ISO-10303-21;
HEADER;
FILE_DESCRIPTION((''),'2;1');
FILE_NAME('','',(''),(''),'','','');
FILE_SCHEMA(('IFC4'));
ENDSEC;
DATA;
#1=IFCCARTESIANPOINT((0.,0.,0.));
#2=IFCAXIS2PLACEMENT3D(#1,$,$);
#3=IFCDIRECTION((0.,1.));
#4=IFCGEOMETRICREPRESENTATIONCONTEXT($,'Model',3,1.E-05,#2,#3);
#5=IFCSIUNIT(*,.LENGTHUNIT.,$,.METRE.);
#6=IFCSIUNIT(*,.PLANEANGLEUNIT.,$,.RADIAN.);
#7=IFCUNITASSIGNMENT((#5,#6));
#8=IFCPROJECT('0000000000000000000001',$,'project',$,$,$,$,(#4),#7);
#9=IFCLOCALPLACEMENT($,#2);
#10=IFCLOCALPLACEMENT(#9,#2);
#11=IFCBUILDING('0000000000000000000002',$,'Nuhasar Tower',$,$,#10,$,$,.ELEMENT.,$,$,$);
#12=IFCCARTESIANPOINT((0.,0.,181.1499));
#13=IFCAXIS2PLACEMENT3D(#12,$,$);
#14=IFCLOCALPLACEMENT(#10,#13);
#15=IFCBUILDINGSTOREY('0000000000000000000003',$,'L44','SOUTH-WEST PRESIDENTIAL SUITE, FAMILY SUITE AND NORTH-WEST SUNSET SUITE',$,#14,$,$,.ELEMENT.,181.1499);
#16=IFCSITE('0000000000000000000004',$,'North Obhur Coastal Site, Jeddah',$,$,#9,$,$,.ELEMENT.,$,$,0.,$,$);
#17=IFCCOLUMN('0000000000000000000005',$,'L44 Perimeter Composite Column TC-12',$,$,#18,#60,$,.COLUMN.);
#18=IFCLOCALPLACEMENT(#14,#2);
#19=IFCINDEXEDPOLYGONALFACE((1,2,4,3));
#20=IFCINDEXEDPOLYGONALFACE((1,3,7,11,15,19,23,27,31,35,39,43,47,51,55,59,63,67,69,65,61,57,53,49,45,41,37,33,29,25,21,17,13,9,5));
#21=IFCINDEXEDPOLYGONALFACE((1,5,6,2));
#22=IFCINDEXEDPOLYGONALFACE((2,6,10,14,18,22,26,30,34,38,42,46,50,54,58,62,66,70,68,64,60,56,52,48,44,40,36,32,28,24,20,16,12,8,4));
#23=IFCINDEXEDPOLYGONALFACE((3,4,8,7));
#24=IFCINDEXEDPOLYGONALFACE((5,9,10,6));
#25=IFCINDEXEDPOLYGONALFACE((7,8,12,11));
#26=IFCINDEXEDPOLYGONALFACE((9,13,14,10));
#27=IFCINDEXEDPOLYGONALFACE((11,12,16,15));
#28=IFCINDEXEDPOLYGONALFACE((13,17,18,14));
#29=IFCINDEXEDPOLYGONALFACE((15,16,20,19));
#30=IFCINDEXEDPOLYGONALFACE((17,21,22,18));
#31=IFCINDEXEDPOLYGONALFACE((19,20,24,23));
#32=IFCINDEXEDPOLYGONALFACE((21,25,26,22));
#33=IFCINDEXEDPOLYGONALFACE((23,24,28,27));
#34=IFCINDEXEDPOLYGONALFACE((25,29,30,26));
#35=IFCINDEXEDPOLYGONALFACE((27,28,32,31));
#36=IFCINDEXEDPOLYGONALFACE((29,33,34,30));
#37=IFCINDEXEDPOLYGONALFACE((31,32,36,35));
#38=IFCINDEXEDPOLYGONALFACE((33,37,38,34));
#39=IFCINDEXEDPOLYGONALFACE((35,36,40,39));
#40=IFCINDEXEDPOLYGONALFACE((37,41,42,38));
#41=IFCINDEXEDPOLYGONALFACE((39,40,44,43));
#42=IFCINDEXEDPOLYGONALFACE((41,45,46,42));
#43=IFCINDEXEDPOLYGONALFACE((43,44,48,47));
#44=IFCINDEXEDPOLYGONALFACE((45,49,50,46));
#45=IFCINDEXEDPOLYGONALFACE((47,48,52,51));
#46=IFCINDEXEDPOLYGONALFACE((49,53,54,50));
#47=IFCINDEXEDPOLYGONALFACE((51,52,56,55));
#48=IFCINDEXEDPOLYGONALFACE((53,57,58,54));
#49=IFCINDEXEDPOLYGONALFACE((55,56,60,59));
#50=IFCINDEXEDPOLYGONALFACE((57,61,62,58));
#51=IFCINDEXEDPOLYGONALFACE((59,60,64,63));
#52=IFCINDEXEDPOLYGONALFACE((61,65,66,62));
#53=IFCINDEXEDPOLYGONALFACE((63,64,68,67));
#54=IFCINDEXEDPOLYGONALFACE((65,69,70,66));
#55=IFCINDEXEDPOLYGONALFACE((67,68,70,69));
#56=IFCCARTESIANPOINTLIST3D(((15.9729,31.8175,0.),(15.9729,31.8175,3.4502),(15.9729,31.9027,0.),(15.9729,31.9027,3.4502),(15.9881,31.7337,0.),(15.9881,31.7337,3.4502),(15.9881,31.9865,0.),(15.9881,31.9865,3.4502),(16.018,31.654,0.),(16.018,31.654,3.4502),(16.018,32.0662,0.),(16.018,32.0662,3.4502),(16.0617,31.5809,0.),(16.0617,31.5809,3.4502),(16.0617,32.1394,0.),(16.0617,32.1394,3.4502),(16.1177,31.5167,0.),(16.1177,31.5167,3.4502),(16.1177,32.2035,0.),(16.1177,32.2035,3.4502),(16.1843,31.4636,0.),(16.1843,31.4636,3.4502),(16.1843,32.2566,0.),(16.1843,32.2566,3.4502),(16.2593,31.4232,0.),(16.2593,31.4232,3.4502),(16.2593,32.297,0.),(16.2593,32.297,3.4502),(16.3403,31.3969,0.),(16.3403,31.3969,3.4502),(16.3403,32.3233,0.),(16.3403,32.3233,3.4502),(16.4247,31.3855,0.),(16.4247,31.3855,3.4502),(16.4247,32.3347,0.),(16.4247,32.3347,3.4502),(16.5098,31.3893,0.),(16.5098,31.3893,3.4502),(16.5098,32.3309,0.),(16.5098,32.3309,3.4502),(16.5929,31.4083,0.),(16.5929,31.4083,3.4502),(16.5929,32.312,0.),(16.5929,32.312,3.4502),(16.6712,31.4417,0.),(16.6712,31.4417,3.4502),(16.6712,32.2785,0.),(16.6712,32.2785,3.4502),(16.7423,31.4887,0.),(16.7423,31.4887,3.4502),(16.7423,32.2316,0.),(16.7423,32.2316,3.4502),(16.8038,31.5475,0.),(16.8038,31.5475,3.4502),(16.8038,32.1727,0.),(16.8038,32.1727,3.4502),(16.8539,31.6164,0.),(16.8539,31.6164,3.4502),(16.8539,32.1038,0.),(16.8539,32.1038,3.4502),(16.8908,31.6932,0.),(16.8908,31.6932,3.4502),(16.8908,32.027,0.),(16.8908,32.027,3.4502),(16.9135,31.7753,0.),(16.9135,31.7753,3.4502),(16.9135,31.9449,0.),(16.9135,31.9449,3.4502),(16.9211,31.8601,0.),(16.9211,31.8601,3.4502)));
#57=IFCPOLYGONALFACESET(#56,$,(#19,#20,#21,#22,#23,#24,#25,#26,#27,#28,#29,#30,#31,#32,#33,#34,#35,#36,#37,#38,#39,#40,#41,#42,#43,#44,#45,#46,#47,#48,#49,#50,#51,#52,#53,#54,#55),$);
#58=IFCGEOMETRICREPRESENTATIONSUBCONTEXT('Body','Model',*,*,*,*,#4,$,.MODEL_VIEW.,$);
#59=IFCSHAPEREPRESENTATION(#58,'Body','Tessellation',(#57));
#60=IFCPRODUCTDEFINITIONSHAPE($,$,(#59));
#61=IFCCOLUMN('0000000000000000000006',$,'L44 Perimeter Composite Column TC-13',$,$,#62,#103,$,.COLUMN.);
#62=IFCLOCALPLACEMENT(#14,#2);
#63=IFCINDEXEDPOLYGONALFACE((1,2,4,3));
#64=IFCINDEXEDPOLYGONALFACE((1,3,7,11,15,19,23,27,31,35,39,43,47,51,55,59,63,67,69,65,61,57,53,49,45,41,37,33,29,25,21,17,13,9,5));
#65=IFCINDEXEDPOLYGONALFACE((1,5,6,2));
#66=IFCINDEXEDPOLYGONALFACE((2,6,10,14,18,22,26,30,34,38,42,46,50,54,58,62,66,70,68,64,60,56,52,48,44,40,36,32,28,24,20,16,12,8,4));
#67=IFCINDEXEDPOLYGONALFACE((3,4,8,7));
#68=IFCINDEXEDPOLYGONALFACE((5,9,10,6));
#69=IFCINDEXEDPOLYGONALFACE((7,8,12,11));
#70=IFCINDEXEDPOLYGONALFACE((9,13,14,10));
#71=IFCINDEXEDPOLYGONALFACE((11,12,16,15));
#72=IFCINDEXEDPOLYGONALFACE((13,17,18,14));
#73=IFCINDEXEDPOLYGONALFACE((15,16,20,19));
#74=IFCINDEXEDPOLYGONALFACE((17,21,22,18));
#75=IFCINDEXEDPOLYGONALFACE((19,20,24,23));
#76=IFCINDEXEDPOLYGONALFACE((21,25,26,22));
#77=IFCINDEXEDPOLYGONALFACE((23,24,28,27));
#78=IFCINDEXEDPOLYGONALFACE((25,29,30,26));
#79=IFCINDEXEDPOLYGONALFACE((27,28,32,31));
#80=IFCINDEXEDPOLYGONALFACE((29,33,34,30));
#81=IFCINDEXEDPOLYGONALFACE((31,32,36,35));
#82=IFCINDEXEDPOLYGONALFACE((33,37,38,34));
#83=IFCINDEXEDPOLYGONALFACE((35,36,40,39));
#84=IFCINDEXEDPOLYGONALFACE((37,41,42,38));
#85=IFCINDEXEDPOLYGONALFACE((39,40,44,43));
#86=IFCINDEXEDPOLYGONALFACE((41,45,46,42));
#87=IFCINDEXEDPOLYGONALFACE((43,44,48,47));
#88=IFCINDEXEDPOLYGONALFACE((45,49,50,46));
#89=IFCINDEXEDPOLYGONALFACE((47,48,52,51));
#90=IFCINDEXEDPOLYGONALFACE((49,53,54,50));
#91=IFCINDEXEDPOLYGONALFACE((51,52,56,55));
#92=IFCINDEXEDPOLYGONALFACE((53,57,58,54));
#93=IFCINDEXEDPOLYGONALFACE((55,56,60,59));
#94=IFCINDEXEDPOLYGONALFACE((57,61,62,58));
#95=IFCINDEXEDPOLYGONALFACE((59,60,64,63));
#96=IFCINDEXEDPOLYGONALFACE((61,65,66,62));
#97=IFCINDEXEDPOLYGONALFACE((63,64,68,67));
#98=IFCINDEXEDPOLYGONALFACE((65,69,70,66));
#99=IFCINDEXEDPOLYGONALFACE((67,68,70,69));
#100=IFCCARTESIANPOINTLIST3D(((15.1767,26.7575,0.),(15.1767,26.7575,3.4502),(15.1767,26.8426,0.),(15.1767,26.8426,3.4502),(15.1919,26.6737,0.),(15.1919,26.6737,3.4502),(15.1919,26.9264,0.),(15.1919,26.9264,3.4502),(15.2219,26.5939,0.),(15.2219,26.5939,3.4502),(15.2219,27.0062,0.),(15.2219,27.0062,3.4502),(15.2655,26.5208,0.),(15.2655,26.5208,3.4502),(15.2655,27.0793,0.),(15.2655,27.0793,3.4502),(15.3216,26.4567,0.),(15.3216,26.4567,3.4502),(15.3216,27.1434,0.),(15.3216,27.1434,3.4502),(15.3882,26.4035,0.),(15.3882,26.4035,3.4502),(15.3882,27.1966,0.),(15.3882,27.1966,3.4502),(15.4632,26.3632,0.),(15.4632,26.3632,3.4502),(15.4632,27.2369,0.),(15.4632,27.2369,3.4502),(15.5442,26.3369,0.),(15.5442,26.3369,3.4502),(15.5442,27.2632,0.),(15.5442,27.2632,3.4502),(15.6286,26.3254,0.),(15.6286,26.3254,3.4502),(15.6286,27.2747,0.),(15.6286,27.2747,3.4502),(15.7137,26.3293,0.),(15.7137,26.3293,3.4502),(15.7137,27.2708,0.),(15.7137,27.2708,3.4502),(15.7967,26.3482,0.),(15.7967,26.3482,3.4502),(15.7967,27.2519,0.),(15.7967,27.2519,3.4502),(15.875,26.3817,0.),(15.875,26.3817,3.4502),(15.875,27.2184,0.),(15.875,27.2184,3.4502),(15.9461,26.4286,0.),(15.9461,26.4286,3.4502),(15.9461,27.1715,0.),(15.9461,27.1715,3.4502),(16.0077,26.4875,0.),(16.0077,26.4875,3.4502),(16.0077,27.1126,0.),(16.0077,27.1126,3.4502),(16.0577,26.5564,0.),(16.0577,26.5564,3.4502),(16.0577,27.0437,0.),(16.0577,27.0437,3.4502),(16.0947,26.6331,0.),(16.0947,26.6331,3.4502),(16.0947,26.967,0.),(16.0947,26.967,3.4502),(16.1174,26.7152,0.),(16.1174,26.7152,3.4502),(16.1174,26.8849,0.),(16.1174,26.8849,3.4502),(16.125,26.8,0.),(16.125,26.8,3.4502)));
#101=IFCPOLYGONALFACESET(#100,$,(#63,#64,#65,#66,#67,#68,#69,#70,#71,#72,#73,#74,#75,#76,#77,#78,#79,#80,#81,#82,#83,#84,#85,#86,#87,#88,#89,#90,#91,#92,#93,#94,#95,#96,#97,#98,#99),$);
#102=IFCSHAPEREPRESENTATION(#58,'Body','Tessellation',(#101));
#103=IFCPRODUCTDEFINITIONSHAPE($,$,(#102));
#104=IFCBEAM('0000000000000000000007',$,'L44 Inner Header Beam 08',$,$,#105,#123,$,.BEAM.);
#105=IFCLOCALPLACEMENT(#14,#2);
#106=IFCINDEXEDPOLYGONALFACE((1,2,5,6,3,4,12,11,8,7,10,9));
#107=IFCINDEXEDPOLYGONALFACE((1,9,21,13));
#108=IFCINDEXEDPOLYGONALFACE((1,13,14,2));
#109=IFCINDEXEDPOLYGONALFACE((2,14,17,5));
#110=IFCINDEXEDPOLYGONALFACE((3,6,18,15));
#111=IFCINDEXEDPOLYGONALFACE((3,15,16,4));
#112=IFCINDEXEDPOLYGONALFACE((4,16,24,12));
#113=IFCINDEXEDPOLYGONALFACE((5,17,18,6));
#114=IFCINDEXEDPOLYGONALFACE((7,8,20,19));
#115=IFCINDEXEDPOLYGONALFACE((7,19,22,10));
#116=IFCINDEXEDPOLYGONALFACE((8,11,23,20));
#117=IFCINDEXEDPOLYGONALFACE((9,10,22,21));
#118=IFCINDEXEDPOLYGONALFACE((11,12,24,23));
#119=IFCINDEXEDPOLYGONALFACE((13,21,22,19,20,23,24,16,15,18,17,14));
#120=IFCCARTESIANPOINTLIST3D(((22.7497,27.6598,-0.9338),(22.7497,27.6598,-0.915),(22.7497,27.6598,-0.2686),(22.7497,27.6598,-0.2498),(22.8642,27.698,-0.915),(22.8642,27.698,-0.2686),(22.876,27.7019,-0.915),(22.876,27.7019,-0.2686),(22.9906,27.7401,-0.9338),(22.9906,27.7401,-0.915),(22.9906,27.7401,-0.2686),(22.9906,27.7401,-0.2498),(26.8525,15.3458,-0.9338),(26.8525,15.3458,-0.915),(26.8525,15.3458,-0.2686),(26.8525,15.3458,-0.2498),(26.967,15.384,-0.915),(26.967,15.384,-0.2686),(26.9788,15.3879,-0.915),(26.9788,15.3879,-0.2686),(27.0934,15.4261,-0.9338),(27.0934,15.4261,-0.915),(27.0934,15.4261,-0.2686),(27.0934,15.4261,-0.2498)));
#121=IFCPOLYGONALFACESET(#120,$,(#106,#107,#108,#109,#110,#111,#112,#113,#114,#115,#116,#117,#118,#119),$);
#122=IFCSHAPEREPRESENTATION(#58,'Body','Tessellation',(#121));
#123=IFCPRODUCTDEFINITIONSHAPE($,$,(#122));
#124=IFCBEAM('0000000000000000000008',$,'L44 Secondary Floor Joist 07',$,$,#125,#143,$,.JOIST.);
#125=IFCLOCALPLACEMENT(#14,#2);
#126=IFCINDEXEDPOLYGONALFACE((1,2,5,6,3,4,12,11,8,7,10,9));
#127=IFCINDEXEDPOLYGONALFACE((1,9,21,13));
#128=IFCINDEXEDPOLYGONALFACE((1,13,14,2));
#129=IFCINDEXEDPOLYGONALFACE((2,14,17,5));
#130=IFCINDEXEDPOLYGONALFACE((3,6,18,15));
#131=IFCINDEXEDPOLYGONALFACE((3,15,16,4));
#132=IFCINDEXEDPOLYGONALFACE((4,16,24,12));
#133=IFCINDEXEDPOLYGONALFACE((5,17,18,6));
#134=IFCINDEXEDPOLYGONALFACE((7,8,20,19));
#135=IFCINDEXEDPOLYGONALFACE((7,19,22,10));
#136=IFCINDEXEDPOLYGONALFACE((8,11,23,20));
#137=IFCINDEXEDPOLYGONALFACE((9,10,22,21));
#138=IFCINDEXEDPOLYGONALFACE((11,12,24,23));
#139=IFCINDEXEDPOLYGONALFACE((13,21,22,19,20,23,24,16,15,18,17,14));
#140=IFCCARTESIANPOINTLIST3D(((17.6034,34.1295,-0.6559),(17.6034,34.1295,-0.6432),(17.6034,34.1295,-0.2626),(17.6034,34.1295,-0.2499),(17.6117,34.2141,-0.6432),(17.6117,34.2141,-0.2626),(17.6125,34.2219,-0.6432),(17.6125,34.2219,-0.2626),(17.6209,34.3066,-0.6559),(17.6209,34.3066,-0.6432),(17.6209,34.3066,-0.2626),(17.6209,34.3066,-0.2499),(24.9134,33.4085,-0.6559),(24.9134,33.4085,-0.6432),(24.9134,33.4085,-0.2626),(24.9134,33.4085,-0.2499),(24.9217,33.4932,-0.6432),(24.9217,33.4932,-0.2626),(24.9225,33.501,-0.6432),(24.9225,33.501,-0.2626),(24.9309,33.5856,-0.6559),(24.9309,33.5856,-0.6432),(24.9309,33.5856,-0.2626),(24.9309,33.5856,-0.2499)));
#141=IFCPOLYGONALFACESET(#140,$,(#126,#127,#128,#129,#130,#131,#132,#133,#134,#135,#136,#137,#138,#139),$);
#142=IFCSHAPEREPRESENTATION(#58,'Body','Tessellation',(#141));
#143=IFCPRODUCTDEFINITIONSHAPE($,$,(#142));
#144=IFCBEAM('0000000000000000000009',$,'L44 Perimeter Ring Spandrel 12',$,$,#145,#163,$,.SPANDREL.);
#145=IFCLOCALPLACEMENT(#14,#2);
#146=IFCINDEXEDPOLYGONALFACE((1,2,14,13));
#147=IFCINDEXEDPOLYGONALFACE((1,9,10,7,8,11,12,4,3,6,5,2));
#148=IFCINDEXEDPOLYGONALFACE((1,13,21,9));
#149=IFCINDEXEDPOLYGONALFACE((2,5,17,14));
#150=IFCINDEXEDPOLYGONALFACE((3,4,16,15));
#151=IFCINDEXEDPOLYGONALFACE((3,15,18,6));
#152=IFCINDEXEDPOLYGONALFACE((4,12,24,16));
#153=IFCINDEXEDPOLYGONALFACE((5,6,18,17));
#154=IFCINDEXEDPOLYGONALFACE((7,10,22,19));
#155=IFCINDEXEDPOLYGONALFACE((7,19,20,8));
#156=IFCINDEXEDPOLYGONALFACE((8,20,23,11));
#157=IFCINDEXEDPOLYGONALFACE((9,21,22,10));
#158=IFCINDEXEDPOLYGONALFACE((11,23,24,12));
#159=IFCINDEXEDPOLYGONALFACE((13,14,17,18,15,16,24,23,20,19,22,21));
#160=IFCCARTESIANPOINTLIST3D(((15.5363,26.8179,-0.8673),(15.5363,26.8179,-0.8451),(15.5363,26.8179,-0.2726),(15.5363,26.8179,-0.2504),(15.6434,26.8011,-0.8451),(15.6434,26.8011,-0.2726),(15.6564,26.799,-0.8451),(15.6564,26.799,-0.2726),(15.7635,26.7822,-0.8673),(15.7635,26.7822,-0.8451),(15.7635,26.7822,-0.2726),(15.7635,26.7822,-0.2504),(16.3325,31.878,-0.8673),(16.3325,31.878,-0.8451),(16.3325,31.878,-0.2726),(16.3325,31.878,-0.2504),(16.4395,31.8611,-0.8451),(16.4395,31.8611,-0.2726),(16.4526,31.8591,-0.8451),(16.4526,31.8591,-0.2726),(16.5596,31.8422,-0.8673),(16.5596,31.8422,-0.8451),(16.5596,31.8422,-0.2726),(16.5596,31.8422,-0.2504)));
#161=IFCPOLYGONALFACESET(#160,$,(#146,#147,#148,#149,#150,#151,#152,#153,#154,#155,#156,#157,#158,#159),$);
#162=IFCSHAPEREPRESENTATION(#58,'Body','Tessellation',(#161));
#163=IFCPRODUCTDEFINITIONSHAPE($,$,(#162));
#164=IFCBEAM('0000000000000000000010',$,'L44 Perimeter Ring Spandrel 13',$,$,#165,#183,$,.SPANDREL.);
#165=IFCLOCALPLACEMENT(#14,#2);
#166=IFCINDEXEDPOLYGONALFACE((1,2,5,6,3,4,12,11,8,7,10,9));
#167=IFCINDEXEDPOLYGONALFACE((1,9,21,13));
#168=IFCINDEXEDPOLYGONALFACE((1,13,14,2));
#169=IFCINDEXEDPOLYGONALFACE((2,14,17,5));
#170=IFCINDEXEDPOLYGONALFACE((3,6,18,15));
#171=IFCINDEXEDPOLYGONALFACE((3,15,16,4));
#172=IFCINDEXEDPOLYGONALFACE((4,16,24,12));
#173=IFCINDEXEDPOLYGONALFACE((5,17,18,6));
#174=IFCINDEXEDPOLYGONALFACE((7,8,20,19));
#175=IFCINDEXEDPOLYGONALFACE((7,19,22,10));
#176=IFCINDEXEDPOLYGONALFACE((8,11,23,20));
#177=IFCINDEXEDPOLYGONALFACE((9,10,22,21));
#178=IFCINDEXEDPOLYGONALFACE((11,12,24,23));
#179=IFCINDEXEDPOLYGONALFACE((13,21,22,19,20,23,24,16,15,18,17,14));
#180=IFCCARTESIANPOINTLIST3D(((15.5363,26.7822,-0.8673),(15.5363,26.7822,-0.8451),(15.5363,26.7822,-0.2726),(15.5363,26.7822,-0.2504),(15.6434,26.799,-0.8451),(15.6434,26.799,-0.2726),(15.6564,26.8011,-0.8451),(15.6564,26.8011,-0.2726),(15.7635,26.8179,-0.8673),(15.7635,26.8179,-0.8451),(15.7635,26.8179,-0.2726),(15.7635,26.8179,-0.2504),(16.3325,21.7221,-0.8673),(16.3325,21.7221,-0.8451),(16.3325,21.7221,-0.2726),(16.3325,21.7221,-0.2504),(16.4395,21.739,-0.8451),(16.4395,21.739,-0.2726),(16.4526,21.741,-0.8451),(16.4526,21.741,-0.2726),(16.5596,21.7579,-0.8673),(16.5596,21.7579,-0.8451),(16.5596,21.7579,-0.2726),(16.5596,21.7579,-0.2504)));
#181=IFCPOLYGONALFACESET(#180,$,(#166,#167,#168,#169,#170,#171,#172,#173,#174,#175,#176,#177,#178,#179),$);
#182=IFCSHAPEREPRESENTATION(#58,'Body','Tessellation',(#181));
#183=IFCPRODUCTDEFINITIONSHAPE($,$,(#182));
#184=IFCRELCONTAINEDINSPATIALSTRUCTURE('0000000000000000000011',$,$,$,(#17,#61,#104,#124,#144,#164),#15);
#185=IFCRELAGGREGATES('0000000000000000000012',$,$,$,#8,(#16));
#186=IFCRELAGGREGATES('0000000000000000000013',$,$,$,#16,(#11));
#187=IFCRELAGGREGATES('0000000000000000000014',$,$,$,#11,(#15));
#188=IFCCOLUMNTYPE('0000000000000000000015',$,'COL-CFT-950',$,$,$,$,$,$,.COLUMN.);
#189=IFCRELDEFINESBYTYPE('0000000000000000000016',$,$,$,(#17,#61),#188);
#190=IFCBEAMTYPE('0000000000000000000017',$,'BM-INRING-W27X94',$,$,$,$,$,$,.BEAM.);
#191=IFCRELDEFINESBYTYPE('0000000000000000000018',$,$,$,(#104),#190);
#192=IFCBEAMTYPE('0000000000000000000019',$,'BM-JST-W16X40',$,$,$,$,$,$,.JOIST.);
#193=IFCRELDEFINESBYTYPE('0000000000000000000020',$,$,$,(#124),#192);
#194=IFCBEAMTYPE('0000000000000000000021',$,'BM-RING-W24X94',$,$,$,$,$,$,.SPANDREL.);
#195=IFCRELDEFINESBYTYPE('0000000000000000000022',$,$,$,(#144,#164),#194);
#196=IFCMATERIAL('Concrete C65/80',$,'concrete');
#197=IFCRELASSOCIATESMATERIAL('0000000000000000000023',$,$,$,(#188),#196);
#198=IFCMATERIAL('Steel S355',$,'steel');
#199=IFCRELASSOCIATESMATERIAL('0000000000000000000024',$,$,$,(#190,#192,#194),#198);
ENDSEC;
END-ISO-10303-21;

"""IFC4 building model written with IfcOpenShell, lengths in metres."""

from ifc_helpers import new_model, si_unit, direction, frame, origin, origin_2d, place, context, subcontext, project, spatial, circle, i_section, extrude, material, material_profile, profile_set, type_object, element, save


model = new_model("IFC4")

# Units and contexts
model_context = context("Model", 3, precision=1e-05, world=origin(), true_north=direction((0.0, 1.0)))
body_context = subcontext(model_context, "Body", "Model", "MODEL_VIEW")
ifc_project = project(units=[si_unit("LENGTHUNIT", "METRE"), si_unit("PLANEANGLEUNIT", "RADIAN")], contexts=[model_context])

# Site, building, storey
site_placement = place(None, origin())
site = spatial("IfcSite", under=ifc_project, at=site_placement, Name="North Obhur Coastal Site, Jeddah", CompositionType="ELEMENT", RefElevation=0.0)
building_placement = place(site_placement, origin())
building = spatial("IfcBuilding", under=site, at=building_placement, Name="Nuhasar Tower", CompositionType="ELEMENT")
storey_placement = place(building_placement, frame((0.0, 0.0, 181.1499)))
storey = spatial("IfcBuildingStorey", under=building, at=storey_placement, Name="L44", Description="SOUTH-WEST PRESIDENTIAL SUITE, FAMILY SUITE AND NORTH-WEST SUNSET SUITE", CompositionType="ELEMENT", Elevation=181.1499)

# Columns
ifc_material_1 = material(Name="Concrete C65/80", Category="concrete")
ifc_material_profile_1 = material_profile(ifc_material_1, circle(Radius=0.4751, at=origin_2d()), Name="CFT950")
ifc_profile_set_1 = profile_set([ifc_material_profile_1], Name="Concrete C65/80")
column_type = type_object("IfcColumnType", Name="COL-CFT-950", PredefinedType="COLUMN", material=ifc_profile_set_1)
for number, where, z_axis, x_axis, name in (
    (1, (16.446, 31.8601, 0.0), (0.0, 0.0, 1.0), (1.0, 0.0, 0.0), "L44 Perimeter Composite Column TC-12"),
    (2, (15.6499, 26.8, 0.0), (0.0, 0.0, 1.0), (1.0, 0.0, 0.0), "L44 Perimeter Composite Column TC-13"),
):
    element("IfcColumn", number, at=place(storey_placement, frame(where, z_axis=z_axis, x_axis=x_axis)), inside=storey, type_object=column_type, Name=name, PredefinedType="COLUMN", context=body_context, shape_type="SweptSolid", body=[
        extrude(circle(Radius=0.4751, at=origin_2d()), origin(), (0.0, 0.0, 1.0), 3.4502),
    ])

# Beams
ifc_material_2 = material(Name="Steel S355", Category="steel")
ifc_material_profile_2 = material_profile(ifc_material_2, i_section(OverallWidth=0.2539, OverallDepth=0.6841, WebThickness=0.0125, FlangeThickness=0.0188, at=origin_2d()), Name="W27X94")
ifc_profile_set_2 = profile_set([ifc_material_profile_2], Name="Steel S355")
beam_type_1 = type_object("IfcBeamType", Name="BM-INRING-W27X94", PredefinedType="BEAM", material=ifc_profile_set_2)
beam_1_placement = place(storey_placement, frame((22.8701, 27.7, -0.5918), z_axis=(0.316098, -0.948727, 0.0), x_axis=(0.948727, 0.316098, 0.0)))
element("IfcBeam", 3, at=beam_1_placement, inside=storey, type_object=beam_type_1, Name="L44 Inner Header Beam 08", PredefinedType="BEAM", context=body_context, shape_type="SweptSolid", body=[
    extrude(i_section(OverallWidth=0.2539, OverallDepth=0.6841, WebThickness=0.0125, FlangeThickness=0.0188, at=origin_2d()), origin(), (0.0, 0.0, 1.0), 12.9795),
])
ifc_material_profile_3 = material_profile(ifc_material_2, i_section(OverallWidth=0.178, OverallDepth=0.406, WebThickness=0.0078, FlangeThickness=0.0127, at=origin_2d()), Name="W16X40")
ifc_profile_set_3 = profile_set([ifc_material_profile_3], Name="Steel S355")
beam_type_2 = type_object("IfcBeamType", Name="BM-JST-W16X40", PredefinedType="JOIST", material=ifc_profile_set_3)
beam_2_placement = place(storey_placement, frame((24.9221, 33.4971, -0.4529), z_axis=(-0.995172, 0.098148, 0.0), x_axis=(-0.098148, -0.995172, 0.0)))
element("IfcBeam", 4, at=beam_2_placement, inside=storey, type_object=beam_type_2, Name="L44 Secondary Floor Joist 07", PredefinedType="JOIST", context=body_context, shape_type="SweptSolid", body=[
    extrude(i_section(OverallWidth=0.178, OverallDepth=0.406, WebThickness=0.0078, FlangeThickness=0.0127, at=origin_2d()), origin(), (0.0, 0.0, 1.0), 7.3455),
])
ifc_material_profile_4 = material_profile(ifc_material_2, i_section(OverallWidth=0.23, OverallDepth=0.6169, WebThickness=0.0132, FlangeThickness=0.0222, at=origin_2d()), Name="W24X94")
ifc_profile_set_4 = profile_set([ifc_material_profile_4], Name="Steel S355")
beam_type_3 = type_object("IfcBeamType", Name="BM-RING-W24X94", PredefinedType="SPANDREL", material=ifc_profile_set_4)
for number, where, z_axis, x_axis, name in (
    (5, (16.446, 31.8601, -0.5588), (-0.155427, -0.987847, 0.0), (0.987847, -0.155427, 0.0), "L44 Perimeter Ring Spandrel 12"),
    (6, (15.6499, 26.8, -0.5588), (0.155427, -0.987847, 0.0), (0.987847, 0.155427, 0.0), "L44 Perimeter Ring Spandrel 13"),
):
    element("IfcBeam", number, at=place(storey_placement, frame(where, z_axis=z_axis, x_axis=x_axis)), inside=storey, type_object=beam_type_3, Name=name, PredefinedType="SPANDREL", context=body_context, shape_type="SweptSolid", body=[
        extrude(i_section(OverallWidth=0.23, OverallDepth=0.6169, WebThickness=0.0132, FlangeThickness=0.0222, at=origin_2d()), origin(), (0.0, 0.0, 1.0), 5.1223),
    ])

save(model, "model.ifc")
